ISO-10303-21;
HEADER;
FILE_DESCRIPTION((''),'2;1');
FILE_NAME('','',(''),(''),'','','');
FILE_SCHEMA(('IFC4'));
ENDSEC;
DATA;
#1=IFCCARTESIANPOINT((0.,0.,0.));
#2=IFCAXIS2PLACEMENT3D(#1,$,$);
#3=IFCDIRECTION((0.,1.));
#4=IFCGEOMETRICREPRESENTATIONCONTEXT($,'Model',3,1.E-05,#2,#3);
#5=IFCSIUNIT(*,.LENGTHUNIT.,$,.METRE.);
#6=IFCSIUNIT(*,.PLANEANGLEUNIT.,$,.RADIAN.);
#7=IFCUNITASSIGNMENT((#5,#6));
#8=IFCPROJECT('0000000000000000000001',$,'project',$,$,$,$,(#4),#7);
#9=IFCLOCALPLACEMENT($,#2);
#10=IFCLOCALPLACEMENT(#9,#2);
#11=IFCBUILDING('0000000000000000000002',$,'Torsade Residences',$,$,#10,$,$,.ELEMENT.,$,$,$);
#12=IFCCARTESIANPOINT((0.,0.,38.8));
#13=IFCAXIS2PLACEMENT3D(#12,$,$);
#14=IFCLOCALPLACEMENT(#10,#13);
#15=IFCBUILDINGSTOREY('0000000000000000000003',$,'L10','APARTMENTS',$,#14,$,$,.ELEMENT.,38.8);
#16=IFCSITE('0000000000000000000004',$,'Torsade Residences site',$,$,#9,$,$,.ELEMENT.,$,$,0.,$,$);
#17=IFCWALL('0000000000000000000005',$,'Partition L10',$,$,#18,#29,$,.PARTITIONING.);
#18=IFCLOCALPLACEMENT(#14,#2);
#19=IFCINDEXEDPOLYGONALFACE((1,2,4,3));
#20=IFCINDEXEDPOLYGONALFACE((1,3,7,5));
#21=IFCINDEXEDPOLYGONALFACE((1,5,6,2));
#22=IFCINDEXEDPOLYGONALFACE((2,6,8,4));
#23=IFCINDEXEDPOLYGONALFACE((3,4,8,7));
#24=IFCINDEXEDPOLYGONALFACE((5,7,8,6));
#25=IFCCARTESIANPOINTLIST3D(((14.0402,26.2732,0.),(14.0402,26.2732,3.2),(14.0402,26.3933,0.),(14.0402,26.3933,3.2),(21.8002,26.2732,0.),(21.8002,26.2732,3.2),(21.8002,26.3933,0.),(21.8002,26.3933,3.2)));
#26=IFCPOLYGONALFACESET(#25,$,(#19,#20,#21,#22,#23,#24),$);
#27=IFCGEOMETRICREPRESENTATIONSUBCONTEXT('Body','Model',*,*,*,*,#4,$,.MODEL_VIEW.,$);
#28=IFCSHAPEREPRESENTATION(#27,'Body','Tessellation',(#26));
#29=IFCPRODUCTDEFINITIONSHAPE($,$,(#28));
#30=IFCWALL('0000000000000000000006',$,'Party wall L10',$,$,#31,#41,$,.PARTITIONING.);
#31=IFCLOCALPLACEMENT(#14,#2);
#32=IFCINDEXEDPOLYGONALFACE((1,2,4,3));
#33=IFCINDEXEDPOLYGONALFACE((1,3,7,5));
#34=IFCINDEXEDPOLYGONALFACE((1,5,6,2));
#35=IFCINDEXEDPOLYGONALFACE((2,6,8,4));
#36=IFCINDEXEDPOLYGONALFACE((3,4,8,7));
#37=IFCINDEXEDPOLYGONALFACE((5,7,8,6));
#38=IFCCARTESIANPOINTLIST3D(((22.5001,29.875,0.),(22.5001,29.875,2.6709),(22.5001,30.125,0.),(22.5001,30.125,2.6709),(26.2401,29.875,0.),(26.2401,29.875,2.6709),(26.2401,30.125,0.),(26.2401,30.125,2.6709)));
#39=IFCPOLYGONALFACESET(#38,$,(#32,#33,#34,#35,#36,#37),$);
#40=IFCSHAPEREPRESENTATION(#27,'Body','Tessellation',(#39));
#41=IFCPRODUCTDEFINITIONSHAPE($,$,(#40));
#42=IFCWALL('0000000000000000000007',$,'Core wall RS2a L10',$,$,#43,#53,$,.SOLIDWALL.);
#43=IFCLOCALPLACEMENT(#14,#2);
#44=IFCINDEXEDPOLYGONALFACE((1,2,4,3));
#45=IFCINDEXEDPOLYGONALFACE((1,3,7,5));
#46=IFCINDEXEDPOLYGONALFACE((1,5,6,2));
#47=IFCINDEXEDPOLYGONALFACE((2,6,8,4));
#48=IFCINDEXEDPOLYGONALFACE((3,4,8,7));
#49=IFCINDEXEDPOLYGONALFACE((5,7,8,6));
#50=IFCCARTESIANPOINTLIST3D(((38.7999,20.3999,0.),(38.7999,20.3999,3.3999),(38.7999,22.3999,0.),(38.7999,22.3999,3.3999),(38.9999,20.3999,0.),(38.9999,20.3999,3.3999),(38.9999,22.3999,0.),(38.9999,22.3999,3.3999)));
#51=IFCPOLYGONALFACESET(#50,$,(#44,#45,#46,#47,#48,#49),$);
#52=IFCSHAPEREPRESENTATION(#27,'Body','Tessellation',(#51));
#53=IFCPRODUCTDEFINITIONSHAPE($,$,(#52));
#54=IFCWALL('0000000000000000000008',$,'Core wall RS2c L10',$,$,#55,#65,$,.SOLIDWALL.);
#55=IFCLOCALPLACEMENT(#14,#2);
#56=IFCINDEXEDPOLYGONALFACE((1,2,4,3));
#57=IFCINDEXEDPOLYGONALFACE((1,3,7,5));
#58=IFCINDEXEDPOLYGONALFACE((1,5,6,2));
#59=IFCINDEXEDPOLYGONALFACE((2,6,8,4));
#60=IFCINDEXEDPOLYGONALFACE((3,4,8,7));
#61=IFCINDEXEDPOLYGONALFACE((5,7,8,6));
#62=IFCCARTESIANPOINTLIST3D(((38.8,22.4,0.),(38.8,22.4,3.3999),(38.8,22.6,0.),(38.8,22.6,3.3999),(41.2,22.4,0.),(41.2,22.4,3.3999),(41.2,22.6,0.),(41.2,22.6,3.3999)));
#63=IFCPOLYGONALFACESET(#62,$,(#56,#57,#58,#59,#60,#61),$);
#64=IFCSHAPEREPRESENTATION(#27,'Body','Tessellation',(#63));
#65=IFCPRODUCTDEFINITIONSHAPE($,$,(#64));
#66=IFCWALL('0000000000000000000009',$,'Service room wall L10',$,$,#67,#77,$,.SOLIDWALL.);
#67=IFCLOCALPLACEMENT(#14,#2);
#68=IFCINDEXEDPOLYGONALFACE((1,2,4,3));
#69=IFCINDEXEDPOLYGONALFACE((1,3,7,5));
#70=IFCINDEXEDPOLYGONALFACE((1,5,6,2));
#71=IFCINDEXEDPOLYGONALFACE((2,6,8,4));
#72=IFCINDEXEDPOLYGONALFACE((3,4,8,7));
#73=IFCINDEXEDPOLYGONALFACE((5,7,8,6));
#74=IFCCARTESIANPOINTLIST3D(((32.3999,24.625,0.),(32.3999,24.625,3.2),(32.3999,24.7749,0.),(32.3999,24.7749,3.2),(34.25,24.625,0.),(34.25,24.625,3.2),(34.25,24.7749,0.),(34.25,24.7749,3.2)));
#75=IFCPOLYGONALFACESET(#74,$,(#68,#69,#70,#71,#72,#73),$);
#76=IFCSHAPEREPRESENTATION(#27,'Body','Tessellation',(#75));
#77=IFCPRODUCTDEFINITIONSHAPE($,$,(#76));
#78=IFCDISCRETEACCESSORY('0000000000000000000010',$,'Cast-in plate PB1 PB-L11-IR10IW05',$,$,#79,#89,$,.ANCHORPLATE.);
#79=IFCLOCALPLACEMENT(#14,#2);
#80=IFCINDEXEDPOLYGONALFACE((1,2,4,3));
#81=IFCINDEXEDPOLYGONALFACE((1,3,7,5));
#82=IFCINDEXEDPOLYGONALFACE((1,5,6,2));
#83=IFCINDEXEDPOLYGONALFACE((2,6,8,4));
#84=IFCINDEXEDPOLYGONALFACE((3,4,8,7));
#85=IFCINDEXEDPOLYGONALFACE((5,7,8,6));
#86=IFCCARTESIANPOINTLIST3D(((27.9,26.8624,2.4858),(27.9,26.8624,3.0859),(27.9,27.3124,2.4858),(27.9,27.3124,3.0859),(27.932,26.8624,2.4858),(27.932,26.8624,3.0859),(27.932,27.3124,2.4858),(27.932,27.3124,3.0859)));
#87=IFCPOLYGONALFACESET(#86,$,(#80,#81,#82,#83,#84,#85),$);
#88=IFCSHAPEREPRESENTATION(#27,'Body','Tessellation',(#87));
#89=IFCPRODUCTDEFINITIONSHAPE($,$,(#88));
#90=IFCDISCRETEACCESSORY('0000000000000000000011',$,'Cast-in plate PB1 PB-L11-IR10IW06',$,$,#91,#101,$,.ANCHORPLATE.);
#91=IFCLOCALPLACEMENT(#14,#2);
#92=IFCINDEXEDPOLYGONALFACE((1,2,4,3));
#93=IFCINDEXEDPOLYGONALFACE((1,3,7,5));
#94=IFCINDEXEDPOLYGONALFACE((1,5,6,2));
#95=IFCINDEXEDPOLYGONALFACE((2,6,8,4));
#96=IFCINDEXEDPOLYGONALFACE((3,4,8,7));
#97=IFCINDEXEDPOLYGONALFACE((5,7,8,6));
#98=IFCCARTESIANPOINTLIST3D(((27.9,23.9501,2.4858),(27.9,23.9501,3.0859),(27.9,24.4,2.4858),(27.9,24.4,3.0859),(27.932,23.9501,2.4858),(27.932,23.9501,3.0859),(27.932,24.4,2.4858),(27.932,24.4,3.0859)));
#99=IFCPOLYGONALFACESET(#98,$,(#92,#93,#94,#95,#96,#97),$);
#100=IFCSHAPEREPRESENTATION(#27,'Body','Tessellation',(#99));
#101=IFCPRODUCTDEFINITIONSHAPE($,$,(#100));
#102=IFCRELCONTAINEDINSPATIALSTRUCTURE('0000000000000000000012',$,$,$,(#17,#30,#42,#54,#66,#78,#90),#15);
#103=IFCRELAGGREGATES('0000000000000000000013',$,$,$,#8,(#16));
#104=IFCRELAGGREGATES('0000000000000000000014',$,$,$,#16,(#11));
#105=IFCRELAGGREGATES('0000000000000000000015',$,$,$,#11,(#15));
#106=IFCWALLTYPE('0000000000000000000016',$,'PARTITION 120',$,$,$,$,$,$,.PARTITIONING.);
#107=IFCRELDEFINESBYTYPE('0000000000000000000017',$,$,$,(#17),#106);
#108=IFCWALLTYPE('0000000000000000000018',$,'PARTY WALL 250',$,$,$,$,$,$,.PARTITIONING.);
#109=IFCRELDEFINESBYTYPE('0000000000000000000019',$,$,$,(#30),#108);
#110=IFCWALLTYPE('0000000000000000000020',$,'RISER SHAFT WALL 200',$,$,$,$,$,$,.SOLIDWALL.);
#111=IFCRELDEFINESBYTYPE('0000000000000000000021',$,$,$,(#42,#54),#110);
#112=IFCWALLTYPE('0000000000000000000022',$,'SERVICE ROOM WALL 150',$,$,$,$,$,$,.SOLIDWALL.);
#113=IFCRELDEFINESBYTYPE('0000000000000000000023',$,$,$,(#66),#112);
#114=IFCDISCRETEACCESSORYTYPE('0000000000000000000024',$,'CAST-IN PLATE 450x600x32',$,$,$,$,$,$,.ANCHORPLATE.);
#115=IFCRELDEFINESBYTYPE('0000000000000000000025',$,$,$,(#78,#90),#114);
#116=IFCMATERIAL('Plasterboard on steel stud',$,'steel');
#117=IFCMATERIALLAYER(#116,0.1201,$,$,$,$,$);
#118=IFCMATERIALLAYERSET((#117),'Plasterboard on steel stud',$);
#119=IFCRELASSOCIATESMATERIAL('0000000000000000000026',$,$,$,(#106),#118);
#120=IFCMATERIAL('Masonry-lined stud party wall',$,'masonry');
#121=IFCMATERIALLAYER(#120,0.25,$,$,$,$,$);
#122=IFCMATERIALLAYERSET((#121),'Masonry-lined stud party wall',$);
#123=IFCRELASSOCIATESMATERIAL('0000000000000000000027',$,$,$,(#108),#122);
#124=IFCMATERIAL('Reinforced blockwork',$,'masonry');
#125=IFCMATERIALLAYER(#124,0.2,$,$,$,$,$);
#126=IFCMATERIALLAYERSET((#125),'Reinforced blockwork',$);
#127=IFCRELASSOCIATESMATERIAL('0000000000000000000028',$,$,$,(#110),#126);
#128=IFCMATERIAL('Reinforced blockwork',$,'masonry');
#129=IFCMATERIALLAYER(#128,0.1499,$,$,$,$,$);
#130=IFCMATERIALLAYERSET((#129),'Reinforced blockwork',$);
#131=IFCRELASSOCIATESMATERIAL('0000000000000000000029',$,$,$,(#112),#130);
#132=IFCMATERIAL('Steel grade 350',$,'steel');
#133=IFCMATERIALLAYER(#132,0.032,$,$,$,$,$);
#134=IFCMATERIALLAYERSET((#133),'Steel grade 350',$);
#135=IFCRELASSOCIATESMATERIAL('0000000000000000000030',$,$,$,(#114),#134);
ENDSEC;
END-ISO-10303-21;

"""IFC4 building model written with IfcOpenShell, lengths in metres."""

from ifc_helpers import new_model, si_unit, direction, frame, frame_2d, origin, origin_2d, place, context, subcontext, project, spatial, rectangle, extrude, material, layer, layer_set, type_object, element, save


model = new_model("IFC4")

# Units and contexts
model_context = context("Model", 3, precision=1e-05, world=origin(), true_north=direction((0.0, 1.0)))
body_context = subcontext(model_context, "Body", "Model", "MODEL_VIEW")
ifc_project = project(units=[si_unit("LENGTHUNIT", "METRE"), si_unit("PLANEANGLEUNIT", "RADIAN")], contexts=[model_context])

# Site, building, storey
site_placement = place(None, origin())
site = spatial("IfcSite", under=ifc_project, at=site_placement, Name="Torsade Residences site", CompositionType="ELEMENT", RefElevation=0.0)
building_placement = place(site_placement, origin())
building = spatial("IfcBuilding", under=site, at=building_placement, Name="Torsade Residences", CompositionType="ELEMENT")
storey_placement = place(building_placement, frame((0.0, 0.0, 38.8)))
storey = spatial("IfcBuildingStorey", under=building, at=storey_placement, Name="L10", Description="APARTMENTS", CompositionType="ELEMENT", Elevation=38.8)

# Shared definitions
ifc_material_1 = material(Name="Plasterboard on steel stud", Category="steel")
ifc_layer_1 = layer(ifc_material_1, 0.1201)
ifc_layer_set_1 = layer_set([ifc_layer_1], Name="Plasterboard on steel stud")
wall_type_1 = type_object("IfcWallType", Name="PARTITION 120", PredefinedType="PARTITIONING", material=ifc_layer_set_1)

# Walls
wall_1_placement = place(storey_placement, frame((21.8, 26.3333, 0.0), z_axis=(0.0, 0.0, 1.0), x_axis=(-1.0, 0.0, 0.0)))
element("IfcWall", 1, at=wall_1_placement, inside=storey, type_object=wall_type_1, Name="Partition L10", PredefinedType="PARTITIONING", context=body_context, shape_type="SweptSolid", body=[
    extrude(rectangle(XDim=7.76, YDim=0.1201, at=frame_2d((3.8799, 0.0))), origin(), (0.0, 0.0, 1.0), 3.2),
])
ifc_material_2 = material(Name="Masonry-lined stud party wall", Category="masonry")
ifc_layer_2 = layer(ifc_material_2, 0.25)
ifc_layer_set_2 = layer_set([ifc_layer_2], Name="Masonry-lined stud party wall")
wall_type_2 = type_object("IfcWallType", Name="PARTY WALL 250", PredefinedType="PARTITIONING", material=ifc_layer_set_2)
wall_2_placement = place(storey_placement, frame((22.5, 30.0, 0.0), z_axis=(0.0, 0.0, 1.0), x_axis=(1.0, 0.0, 0.0)))
element("IfcWall", 2, at=wall_2_placement, inside=storey, type_object=wall_type_2, Name="Party wall L10", PredefinedType="PARTITIONING", context=body_context, shape_type="SweptSolid", body=[
    extrude(rectangle(XDim=3.74, YDim=0.25, at=frame_2d((1.8701, 0.0))), origin(), (0.0, 0.0, 1.0), 2.6709),
])
ifc_material_3 = material(Name="Reinforced blockwork", Category="masonry")
ifc_layer_3 = layer(ifc_material_3, 0.2)
ifc_layer_set_3 = layer_set([ifc_layer_3], Name="Reinforced blockwork")
wall_type_3 = type_object("IfcWallType", Name="RISER SHAFT WALL 200", PredefinedType="SOLIDWALL", material=ifc_layer_set_3)
wall_3_placement = place(storey_placement, frame((38.8999, 22.3999, 0.0), z_axis=(0.0, 0.0, 1.0), x_axis=(0.0, -1.0, 0.0)))
element("IfcWall", 3, at=wall_3_placement, inside=storey, type_object=wall_type_3, Name="Core wall RS2a L10", PredefinedType="SOLIDWALL", context=body_context, shape_type="SweptSolid", body=[
    extrude(rectangle(XDim=2.0, YDim=0.2, at=frame_2d((1.0, 0.0))), origin(), (0.0, 0.0, 1.0), 3.3999),
])
wall_4_placement = place(storey_placement, frame((38.8, 22.5, 0.0), z_axis=(0.0, 0.0, 1.0), x_axis=(1.0, 0.0, 0.0)))
element("IfcWall", 4, at=wall_4_placement, inside=storey, type_object=wall_type_3, Name="Core wall RS2c L10", PredefinedType="SOLIDWALL", context=body_context, shape_type="SweptSolid", body=[
    extrude(rectangle(XDim=2.3999, YDim=0.2, at=frame_2d((1.2, 0.0))), origin(), (0.0, 0.0, 1.0), 3.3999),
])
ifc_material_4 = material(Name="Reinforced blockwork", Category="masonry")
ifc_layer_4 = layer(ifc_material_4, 0.1499)
ifc_layer_set_4 = layer_set([ifc_layer_4], Name="Reinforced blockwork")
wall_type_4 = type_object("IfcWallType", Name="SERVICE ROOM WALL 150", PredefinedType="SOLIDWALL", material=ifc_layer_set_4)
wall_5_placement = place(storey_placement, frame((32.3999, 24.7, 0.0), z_axis=(0.0, 0.0, 1.0), x_axis=(1.0, 0.0, 0.0)))
element("IfcWall", 5, at=wall_5_placement, inside=storey, type_object=wall_type_4, Name="Service room wall L10", PredefinedType="SOLIDWALL", context=body_context, shape_type="SweptSolid", body=[
    extrude(rectangle(XDim=1.8501, YDim=0.1499, at=frame_2d((0.925, 0.0))), origin(), (0.0, 0.0, 1.0), 3.2),
])

# Discrete accessories
ifc_material_5 = material(Name="Steel grade 350", Category="steel")
ifc_layer_5 = layer(ifc_material_5, 0.032)
ifc_layer_set_5 = layer_set([ifc_layer_5], Name="Steel grade 350")
discrete_accessory_type = type_object("IfcDiscreteAccessoryType", Name="CAST-IN PLATE 450x600x32", PredefinedType="ANCHORPLATE", material=ifc_layer_set_5)
for number, where, z_axis, x_axis, name in (
    (6, (27.916, 27.0874, 2.4858), (0.0, 0.0, 1.0), (1.0, 0.0, 0.0), "Cast-in plate PB1 PB-L11-IR10IW05"),
    (7, (27.916, 24.175, 2.4858), (0.0, 0.0, 1.0), (1.0, 0.0, 0.0), "Cast-in plate PB1 PB-L11-IR10IW06"),
):
    element("IfcDiscreteAccessory", number, at=place(storey_placement, frame(where, z_axis=z_axis, x_axis=x_axis)), inside=storey, type_object=discrete_accessory_type, Name=name, PredefinedType="ANCHORPLATE", context=body_context, shape_type="SweptSolid", body=[
        extrude(rectangle(XDim=0.032, YDim=0.45, at=origin_2d()), origin(), (0.0, 0.0, 1.0), 0.6001),
    ])

save(model, "model.ifc")
